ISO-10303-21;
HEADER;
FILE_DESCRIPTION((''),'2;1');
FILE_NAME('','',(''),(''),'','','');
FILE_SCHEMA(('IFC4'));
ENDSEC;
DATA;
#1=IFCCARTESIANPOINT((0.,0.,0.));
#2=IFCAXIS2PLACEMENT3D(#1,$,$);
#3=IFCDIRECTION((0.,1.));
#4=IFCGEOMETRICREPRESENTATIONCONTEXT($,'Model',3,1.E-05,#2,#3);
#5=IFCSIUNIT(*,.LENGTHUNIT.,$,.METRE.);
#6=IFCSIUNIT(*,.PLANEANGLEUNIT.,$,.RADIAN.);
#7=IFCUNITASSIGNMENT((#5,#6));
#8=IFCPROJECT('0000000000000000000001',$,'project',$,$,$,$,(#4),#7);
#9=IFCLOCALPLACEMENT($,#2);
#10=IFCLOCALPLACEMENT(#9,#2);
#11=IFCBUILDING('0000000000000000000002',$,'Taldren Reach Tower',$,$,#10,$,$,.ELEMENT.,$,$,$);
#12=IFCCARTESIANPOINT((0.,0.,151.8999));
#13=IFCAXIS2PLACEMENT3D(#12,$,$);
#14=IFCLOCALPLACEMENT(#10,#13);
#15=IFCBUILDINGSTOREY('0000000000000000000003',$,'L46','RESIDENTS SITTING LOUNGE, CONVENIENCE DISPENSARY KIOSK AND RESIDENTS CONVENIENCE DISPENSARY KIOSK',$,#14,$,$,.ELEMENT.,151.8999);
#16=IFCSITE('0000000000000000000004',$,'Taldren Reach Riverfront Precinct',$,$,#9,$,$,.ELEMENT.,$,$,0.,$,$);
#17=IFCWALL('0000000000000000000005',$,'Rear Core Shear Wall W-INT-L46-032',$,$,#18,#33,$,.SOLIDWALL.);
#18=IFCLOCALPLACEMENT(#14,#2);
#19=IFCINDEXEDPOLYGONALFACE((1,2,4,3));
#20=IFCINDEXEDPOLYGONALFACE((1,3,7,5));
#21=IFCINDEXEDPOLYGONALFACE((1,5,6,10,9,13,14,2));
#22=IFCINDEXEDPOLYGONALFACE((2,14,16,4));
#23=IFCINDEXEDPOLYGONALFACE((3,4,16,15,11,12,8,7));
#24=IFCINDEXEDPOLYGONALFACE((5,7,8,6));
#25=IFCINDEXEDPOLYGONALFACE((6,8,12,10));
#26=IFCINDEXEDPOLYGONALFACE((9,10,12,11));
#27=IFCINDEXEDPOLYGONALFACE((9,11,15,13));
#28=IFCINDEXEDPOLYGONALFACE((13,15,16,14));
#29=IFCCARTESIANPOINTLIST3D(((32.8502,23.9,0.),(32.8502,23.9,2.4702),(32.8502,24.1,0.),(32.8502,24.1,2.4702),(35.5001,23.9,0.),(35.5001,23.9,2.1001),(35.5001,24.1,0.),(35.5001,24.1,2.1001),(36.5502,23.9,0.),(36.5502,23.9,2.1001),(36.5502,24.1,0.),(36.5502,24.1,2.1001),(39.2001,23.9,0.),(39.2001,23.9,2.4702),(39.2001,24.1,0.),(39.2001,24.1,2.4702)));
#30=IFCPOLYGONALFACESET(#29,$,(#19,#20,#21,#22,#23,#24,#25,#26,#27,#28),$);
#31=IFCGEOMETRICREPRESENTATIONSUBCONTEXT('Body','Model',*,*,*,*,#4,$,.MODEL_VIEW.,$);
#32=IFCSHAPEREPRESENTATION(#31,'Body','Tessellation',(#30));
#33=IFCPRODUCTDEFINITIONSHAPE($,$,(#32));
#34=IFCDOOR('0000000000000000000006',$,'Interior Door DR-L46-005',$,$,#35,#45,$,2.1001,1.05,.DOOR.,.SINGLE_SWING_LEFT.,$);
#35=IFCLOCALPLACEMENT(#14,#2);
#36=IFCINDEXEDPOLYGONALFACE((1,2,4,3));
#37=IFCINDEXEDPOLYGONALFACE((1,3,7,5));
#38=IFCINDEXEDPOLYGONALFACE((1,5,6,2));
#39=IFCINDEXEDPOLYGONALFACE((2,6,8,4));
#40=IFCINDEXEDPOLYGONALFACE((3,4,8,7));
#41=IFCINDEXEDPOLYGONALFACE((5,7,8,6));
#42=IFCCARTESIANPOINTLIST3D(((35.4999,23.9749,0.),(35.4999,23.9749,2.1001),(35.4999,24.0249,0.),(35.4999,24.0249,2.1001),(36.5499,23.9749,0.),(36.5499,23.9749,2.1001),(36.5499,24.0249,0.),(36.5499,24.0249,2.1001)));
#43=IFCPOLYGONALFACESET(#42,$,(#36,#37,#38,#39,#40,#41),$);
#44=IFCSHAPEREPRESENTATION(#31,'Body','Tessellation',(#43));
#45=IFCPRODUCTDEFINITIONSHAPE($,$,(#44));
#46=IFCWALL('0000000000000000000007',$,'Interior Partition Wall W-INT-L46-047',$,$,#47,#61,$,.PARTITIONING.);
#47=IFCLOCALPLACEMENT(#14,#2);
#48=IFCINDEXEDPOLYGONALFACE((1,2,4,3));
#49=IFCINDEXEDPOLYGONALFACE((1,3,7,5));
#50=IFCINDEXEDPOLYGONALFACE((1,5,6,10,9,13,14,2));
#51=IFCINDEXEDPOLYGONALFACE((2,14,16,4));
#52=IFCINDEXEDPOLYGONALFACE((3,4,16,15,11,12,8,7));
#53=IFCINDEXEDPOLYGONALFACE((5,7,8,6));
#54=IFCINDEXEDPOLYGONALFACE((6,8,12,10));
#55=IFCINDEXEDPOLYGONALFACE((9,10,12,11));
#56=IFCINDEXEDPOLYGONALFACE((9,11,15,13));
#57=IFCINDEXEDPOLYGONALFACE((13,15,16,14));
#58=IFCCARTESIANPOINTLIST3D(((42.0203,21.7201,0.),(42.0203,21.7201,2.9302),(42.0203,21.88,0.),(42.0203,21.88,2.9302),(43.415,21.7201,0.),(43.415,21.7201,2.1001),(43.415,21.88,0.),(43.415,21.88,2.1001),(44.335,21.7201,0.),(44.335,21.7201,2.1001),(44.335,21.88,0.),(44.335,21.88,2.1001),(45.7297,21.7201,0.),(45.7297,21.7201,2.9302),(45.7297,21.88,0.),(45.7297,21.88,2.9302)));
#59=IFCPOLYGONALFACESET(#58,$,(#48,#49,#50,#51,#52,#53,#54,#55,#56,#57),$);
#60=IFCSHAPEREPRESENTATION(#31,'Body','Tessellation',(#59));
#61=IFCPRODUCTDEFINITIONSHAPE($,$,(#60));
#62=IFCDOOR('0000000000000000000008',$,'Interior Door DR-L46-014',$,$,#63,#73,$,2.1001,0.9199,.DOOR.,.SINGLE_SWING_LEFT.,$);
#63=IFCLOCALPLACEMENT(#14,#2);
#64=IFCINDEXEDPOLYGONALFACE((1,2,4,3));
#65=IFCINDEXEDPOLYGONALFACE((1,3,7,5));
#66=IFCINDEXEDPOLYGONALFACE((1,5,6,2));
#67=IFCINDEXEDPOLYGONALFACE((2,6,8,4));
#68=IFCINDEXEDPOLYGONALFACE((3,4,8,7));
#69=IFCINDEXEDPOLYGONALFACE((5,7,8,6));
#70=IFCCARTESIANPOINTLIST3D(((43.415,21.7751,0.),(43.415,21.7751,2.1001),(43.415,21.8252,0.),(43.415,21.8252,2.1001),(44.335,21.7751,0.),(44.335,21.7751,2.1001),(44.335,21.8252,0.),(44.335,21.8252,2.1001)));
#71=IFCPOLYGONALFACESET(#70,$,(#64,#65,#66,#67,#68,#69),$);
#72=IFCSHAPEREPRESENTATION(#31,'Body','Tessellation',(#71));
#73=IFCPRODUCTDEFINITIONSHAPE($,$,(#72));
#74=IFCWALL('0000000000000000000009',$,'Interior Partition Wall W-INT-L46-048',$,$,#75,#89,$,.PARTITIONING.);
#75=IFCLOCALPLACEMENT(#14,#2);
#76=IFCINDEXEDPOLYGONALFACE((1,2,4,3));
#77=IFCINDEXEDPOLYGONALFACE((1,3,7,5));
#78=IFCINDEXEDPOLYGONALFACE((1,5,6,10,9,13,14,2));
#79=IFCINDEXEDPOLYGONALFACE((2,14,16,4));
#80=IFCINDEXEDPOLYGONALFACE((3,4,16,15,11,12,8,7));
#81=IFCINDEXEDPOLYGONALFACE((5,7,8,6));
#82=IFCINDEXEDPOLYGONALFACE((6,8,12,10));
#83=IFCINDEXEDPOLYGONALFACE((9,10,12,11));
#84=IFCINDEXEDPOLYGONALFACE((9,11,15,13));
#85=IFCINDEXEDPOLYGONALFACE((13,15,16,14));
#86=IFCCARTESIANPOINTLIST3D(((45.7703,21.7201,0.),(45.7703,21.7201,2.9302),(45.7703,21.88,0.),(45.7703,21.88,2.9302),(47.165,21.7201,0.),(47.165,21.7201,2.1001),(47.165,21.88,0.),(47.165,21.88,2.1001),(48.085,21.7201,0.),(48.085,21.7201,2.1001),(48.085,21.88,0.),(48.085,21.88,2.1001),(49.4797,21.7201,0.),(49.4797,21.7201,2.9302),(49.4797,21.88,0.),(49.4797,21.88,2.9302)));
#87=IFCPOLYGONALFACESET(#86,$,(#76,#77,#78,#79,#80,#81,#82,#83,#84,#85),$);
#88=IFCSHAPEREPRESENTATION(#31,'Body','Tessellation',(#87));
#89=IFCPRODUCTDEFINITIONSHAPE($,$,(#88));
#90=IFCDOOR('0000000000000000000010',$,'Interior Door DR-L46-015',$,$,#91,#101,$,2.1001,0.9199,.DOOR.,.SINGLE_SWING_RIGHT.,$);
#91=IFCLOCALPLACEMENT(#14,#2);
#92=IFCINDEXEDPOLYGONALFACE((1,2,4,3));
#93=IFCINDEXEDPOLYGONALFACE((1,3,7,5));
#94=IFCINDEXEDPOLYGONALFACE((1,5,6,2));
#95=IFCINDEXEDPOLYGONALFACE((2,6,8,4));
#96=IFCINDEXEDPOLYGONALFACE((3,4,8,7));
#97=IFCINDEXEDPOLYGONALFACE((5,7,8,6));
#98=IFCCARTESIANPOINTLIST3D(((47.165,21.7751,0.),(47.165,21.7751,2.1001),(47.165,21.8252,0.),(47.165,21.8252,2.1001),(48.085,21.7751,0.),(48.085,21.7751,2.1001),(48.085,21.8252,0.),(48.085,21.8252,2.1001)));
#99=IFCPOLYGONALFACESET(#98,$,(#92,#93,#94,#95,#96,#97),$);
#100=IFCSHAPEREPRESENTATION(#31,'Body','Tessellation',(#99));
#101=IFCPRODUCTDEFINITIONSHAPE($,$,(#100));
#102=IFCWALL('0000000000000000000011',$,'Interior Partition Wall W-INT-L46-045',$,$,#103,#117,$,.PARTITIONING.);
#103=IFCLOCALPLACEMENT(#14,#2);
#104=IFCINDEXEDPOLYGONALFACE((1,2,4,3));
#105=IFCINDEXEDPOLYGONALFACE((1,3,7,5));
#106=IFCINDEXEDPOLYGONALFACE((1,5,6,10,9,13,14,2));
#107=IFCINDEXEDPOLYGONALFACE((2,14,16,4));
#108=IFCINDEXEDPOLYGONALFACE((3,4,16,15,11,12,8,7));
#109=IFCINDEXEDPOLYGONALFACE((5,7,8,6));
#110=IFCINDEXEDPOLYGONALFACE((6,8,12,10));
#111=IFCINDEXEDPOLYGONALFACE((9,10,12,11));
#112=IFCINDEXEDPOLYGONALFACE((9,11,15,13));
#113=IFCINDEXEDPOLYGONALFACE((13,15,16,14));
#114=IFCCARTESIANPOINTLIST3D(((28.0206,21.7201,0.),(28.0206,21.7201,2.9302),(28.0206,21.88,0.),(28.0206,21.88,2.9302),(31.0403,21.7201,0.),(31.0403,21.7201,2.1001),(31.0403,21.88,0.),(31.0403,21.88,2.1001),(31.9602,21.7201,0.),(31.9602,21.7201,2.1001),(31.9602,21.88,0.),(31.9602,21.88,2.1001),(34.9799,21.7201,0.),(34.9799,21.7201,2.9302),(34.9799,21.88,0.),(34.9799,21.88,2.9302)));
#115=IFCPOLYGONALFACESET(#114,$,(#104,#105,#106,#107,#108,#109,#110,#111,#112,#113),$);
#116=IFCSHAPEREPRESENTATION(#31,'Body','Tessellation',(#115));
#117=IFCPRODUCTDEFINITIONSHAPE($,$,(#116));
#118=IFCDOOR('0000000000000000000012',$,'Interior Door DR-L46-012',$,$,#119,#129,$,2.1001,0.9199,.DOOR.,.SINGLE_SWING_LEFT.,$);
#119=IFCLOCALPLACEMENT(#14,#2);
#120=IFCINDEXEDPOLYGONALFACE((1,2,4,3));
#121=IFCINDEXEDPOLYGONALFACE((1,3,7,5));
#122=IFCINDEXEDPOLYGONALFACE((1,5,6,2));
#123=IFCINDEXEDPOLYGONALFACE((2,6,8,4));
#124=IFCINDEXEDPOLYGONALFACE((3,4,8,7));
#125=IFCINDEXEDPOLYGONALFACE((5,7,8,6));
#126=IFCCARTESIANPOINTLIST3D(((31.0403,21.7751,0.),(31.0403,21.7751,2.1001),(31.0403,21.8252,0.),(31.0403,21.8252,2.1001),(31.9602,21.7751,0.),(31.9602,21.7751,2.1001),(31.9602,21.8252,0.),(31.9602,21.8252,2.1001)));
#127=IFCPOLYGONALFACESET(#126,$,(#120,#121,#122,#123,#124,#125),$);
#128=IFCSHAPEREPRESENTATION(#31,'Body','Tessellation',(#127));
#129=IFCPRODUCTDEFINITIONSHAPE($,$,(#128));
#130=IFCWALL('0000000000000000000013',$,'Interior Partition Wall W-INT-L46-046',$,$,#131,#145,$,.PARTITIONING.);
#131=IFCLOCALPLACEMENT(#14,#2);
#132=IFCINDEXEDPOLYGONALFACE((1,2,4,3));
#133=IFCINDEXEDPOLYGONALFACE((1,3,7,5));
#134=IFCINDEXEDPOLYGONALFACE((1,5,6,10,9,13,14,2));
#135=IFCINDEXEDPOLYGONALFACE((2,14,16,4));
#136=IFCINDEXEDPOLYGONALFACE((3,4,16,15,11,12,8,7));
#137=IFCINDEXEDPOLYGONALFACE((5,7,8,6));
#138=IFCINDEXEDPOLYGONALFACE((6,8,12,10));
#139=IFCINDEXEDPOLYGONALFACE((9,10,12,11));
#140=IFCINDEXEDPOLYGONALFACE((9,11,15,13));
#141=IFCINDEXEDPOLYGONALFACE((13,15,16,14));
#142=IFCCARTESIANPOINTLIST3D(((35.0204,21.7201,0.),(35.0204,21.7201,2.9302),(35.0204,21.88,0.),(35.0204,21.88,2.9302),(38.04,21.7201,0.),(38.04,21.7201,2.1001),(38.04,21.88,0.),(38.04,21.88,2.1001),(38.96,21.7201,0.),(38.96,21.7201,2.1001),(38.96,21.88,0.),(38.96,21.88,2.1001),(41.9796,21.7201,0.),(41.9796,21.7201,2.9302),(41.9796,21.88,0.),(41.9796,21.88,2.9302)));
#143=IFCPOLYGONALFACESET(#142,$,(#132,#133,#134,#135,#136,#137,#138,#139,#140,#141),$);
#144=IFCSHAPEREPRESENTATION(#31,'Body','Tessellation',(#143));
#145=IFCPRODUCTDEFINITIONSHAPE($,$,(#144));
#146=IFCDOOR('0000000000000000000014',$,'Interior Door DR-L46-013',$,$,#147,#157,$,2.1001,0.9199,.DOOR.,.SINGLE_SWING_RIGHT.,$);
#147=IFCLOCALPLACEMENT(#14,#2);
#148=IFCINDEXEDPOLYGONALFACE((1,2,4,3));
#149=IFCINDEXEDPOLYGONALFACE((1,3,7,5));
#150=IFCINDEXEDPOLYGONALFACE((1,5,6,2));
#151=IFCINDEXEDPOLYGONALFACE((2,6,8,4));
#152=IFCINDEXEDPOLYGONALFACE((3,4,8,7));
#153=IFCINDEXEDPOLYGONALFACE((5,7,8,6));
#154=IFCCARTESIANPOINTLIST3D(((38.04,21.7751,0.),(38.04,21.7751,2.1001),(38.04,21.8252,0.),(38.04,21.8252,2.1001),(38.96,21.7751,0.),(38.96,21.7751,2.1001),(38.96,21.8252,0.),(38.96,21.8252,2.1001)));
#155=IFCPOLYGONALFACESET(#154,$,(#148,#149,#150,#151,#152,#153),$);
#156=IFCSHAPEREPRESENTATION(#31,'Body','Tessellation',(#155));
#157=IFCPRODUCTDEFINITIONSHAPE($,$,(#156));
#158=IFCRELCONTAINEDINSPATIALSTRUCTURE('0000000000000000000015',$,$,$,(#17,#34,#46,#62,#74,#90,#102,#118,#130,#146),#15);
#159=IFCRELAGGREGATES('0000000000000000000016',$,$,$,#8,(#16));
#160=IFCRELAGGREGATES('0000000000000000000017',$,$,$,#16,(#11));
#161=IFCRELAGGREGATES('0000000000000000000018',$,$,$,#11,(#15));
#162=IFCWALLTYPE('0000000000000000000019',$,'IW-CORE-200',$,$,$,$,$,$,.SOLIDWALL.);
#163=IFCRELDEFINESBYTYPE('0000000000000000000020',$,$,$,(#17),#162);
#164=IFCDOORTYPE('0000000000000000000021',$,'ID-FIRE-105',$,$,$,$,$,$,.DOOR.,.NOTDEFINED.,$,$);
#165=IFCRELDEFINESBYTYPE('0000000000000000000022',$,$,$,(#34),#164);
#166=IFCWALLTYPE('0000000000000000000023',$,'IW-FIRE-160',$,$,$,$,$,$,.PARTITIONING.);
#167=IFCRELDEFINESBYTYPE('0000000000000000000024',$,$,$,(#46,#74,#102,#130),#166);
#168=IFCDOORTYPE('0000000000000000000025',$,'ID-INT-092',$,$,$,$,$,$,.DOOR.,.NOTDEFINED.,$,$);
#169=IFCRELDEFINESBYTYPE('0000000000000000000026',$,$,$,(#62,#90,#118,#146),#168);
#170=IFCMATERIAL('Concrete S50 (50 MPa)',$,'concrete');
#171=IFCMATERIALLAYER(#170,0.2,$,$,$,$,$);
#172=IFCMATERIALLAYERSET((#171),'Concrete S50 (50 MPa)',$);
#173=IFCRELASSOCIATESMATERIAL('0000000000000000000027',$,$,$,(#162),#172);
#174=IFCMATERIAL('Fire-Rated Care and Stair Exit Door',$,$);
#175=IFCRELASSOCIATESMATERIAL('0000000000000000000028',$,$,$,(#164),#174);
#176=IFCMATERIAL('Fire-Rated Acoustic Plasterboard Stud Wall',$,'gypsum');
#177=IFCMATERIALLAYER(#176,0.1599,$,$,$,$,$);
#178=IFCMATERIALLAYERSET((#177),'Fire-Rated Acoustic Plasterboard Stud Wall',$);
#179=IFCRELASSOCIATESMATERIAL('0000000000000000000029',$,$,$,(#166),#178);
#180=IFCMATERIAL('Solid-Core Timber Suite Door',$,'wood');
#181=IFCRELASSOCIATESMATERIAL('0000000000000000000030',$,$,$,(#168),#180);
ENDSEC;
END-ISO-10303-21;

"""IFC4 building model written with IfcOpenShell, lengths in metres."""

from ifc_helpers import new_model, si_unit, direction, frame, frame_2d, origin, place, context, subcontext, project, spatial, rectangle, extrude, source, transform, mapped, material, layer, layer_set, type_object, element, fill, save


model = new_model("IFC4")

# Units and contexts
model_context = context("Model", 3, precision=1e-05, world=origin(), true_north=direction((0.0, 1.0)))
body_context = subcontext(model_context, "Body", "Model", "MODEL_VIEW")
ifc_project = project(units=[si_unit("LENGTHUNIT", "METRE"), si_unit("PLANEANGLEUNIT", "RADIAN")], contexts=[model_context])

# Site, building, storey
site_placement = place(None, origin())
site = spatial("IfcSite", under=ifc_project, at=site_placement, Name="Taldren Reach Riverfront Precinct", CompositionType="ELEMENT", RefElevation=0.0)
building_placement = place(site_placement, origin())
building = spatial("IfcBuilding", under=site, at=building_placement, Name="Taldren Reach Tower", CompositionType="ELEMENT")
storey_placement = place(building_placement, frame((0.0, 0.0, 151.8999)))
storey = spatial("IfcBuildingStorey", under=building, at=storey_placement, Name="L46", Description="RESIDENTS SITTING LOUNGE, CONVENIENCE DISPENSARY KIOSK AND RESIDENTS CONVENIENCE DISPENSARY KIOSK", CompositionType="ELEMENT", Elevation=151.8999)

# Walls, openings, doors
ifc_material_1 = material(Name="Concrete S50 (50 MPa)", Category="concrete")
ifc_layer_1 = layer(ifc_material_1, 0.2)
ifc_layer_set_1 = layer_set([ifc_layer_1], Name="Concrete S50 (50 MPa)")
wall_type_1 = type_object("IfcWallType", Name="IW-CORE-200", PredefinedType="SOLIDWALL", material=ifc_layer_set_1)
shared_shape_1 = source(origin(), body_context, "Body", "SweptSolid", [
    extrude(rectangle(XDim=1.05, YDim=2.1001, at=frame_2d((0.5249, 1.05))), frame((0.0, 0.1099, 0.0), z_axis=(0.0, -1.0, 0.0), x_axis=(1.0, 0.0, 0.0)), (0.0, 0.0, 1.0), 0.22),
])
ifc_material_2 = material(Name="Fire-Rated Care and Stair Exit Door")
door_type_1 = type_object("IfcDoorType", Name="ID-FIRE-105", OperationType="NOTDEFINED", PredefinedType="DOOR", material=ifc_material_2)
shared_shape_2 = source(origin(), body_context, "Body", "SweptSolid", [
    extrude(rectangle(XDim=1.05, YDim=2.1001, at=frame_2d((0.5249, 1.05))), frame((0.0, 0.0249, 0.0), z_axis=(0.0, -1.0, 0.0), x_axis=(1.0, 0.0, 0.0)), (0.0, 0.0, 1.0), 0.05),
])
shared_shape_3 = source(origin(), body_context, "Body", "SweptSolid", [
    extrude(rectangle(XDim=6.3499, YDim=0.2, at=frame_2d((3.1748, 0.0))), origin(), (0.0, 0.0, 1.0), 2.4702),
])
wall_1_placement = place(storey_placement, frame((39.2, 24.0, 0.0), z_axis=(0.0, 0.0, 1.0), x_axis=(-1.0, 0.0, 0.0)))
wall_1 = element("IfcWall", 1, at=wall_1_placement, inside=storey, type_object=wall_type_1, Name="Rear Core Shear Wall W-INT-L46-032", PredefinedType="SOLIDWALL", context=body_context, shape_type="MappedRepresentation", body=[
    mapped(shared_shape_3, transform((0.0, 0.0, 0.0), scale=1.0)),
])
opening_1_placement = place(wall_1_placement, frame((2.6499, 0.0, 0.0)))
opening_1 = element("IfcOpeningElement", 2, at=opening_1_placement, cuts=wall_1, PredefinedType="OPENING", context=body_context, shape_type="MappedRepresentation", body=[
    mapped(shared_shape_1, transform((0.0, 0.0, 0.0), scale=1.0)),
])
door_1_placement = place(opening_1_placement, frame((1.05, 0.0, 0.0), z_axis=(0.0, 0.0, 1.0), x_axis=(-1.0, 0.0, 0.0)))
door_1 = element("IfcDoor", 3, at=door_1_placement, inside=storey, type_object=door_type_1, Name="Interior Door DR-L46-005", OperationType="SINGLE_SWING_LEFT", OverallHeight=2.1001, OverallWidth=1.05, PredefinedType="DOOR", context=body_context, shape_type="MappedRepresentation", body=[
    mapped(shared_shape_2, transform((0.0, 0.0, 0.0), scale=1.0)),
])
fill(opening_1, door_1)
ifc_material_3 = material(Name="Fire-Rated Acoustic Plasterboard Stud Wall", Category="gypsum")
ifc_layer_2 = layer(ifc_material_3, 0.1599)
ifc_layer_set_2 = layer_set([ifc_layer_2], Name="Fire-Rated Acoustic Plasterboard Stud Wall")
wall_type_2 = type_object("IfcWallType", Name="IW-FIRE-160", PredefinedType="PARTITIONING", material=ifc_layer_set_2)
shared_shape_4 = source(origin(), body_context, "Body", "SweptSolid", [
    extrude(rectangle(XDim=3.7095, YDim=0.1599, at=frame_2d((1.8547, 0.0))), origin(), (0.0, 0.0, 1.0), 2.9302),
])
wall_2_placement = place(storey_placement, frame((45.7297, 21.8, 0.0), z_axis=(0.0, 0.0, 1.0), x_axis=(-1.0, 0.0, 0.0)))
wall_2 = element("IfcWall", 4, at=wall_2_placement, inside=storey, type_object=wall_type_2, Name="Interior Partition Wall W-INT-L46-047", PredefinedType="PARTITIONING", context=body_context, shape_type="MappedRepresentation", body=[
    mapped(shared_shape_4, transform((0.0, 0.0, 0.0), scale=1.0)),
])
shared_shape_5 = source(origin(), body_context, "Body", "SweptSolid", [
    extrude(rectangle(XDim=0.9199, YDim=2.1001, at=frame_2d((0.46, 1.05))), frame((0.0, 0.0898, 0.0), z_axis=(0.0, -1.0, 0.0), x_axis=(1.0, 0.0, 0.0)), (0.0, 0.0, 1.0), 0.1799),
])
opening_2_placement = place(wall_2_placement, frame((1.3948, 0.0, 0.0)))
opening_2 = element("IfcOpeningElement", 5, at=opening_2_placement, cuts=wall_2, PredefinedType="OPENING", context=body_context, shape_type="MappedRepresentation", body=[
    mapped(shared_shape_5, transform((0.0, 0.0, 0.0), scale=1.0)),
])
ifc_material_4 = material(Name="Solid-Core Timber Suite Door", Category="wood")
door_type_2 = type_object("IfcDoorType", Name="ID-INT-092", OperationType="NOTDEFINED", PredefinedType="DOOR", material=ifc_material_4)
shared_shape_6 = source(origin(), body_context, "Body", "SweptSolid", [
    extrude(rectangle(XDim=0.9199, YDim=2.1001, at=frame_2d((0.46, 1.05))), frame((0.0, 0.0249, 0.0), z_axis=(0.0, -1.0, 0.0), x_axis=(1.0, 0.0, 0.0)), (0.0, 0.0, 1.0), 0.05),
])
door_2_placement = place(opening_2_placement, origin())
door_2 = element("IfcDoor", 6, at=door_2_placement, inside=storey, type_object=door_type_2, Name="Interior Door DR-L46-014", OperationType="SINGLE_SWING_LEFT", OverallHeight=2.1001, OverallWidth=0.9199, PredefinedType="DOOR", context=body_context, shape_type="MappedRepresentation", body=[
    mapped(shared_shape_6, transform((0.0, 0.0, 0.0), scale=1.0)),
])
fill(opening_2, door_2)
wall_3_placement = place(storey_placement, frame((49.4797, 21.8, 0.0), z_axis=(0.0, 0.0, 1.0), x_axis=(-1.0, 0.0, 0.0)))
wall_3 = element("IfcWall", 7, at=wall_3_placement, inside=storey, type_object=wall_type_2, Name="Interior Partition Wall W-INT-L46-048", PredefinedType="PARTITIONING", context=body_context, shape_type="MappedRepresentation", body=[
    mapped(shared_shape_4, transform((0.0, 0.0, 0.0), scale=1.0)),
])
opening_3_placement = place(wall_3_placement, frame((1.3948, 0.0, 0.0)))
opening_3 = element("IfcOpeningElement", 8, at=opening_3_placement, cuts=wall_3, PredefinedType="OPENING", context=body_context, shape_type="MappedRepresentation", body=[
    mapped(shared_shape_5, transform((0.0, 0.0, 0.0), scale=1.0)),
])
door_3_placement = place(opening_3_placement, origin())
door_3 = element("IfcDoor", 9, at=door_3_placement, inside=storey, type_object=door_type_2, Name="Interior Door DR-L46-015", OperationType="SINGLE_SWING_RIGHT", OverallHeight=2.1001, OverallWidth=0.9199, PredefinedType="DOOR", context=body_context, shape_type="MappedRepresentation", body=[
    mapped(shared_shape_6, transform((0.0, 0.0, 0.0), scale=1.0)),
])
fill(opening_3, door_3)
shared_shape_7 = source(origin(), body_context, "Body", "SweptSolid", [
    extrude(rectangle(XDim=6.9592, YDim=0.1599, at=frame_2d((3.4795, 0.0))), origin(), (0.0, 0.0, 1.0), 2.9302),
])
wall_4_placement = place(storey_placement, frame((34.9797, 21.8, 0.0), z_axis=(0.0, 0.0, 1.0), x_axis=(-1.0, 0.0, 0.0)))
wall_4 = element("IfcWall", 10, at=wall_4_placement, inside=storey, type_object=wall_type_2, Name="Interior Partition Wall W-INT-L46-045", PredefinedType="PARTITIONING", context=body_context, shape_type="MappedRepresentation", body=[
    mapped(shared_shape_7, transform((0.0, 0.0, 0.0), scale=1.0)),
])
opening_4_placement = place(wall_4_placement, frame((3.0195, 0.0, 0.0)))
opening_4 = element("IfcOpeningElement", 11, at=opening_4_placement, cuts=wall_4, PredefinedType="OPENING", context=body_context, shape_type="MappedRepresentation", body=[
    mapped(shared_shape_5, transform((0.0, 0.0, 0.0), scale=1.0)),
])
door_4_placement = place(opening_4_placement, origin())
door_4 = element("IfcDoor", 12, at=door_4_placement, inside=storey, type_object=door_type_2, Name="Interior Door DR-L46-012", OperationType="SINGLE_SWING_LEFT", OverallHeight=2.1001, OverallWidth=0.9199, PredefinedType="DOOR", context=body_context, shape_type="MappedRepresentation", body=[
    mapped(shared_shape_6, transform((0.0, 0.0, 0.0), scale=1.0)),
])
fill(opening_4, door_4)
wall_5_placement = place(storey_placement, frame((41.9795, 21.8, 0.0), z_axis=(0.0, 0.0, 1.0), x_axis=(-1.0, 0.0, 0.0)))
wall_5 = element("IfcWall", 13, at=wall_5_placement, inside=storey, type_object=wall_type_2, Name="Interior Partition Wall W-INT-L46-046", PredefinedType="PARTITIONING", context=body_context, shape_type="MappedRepresentation", body=[
    mapped(shared_shape_7, transform((0.0, 0.0, 0.0), scale=1.0)),
])
opening_5_placement = place(wall_5_placement, frame((3.0195, 0.0, 0.0)))
opening_5 = element("IfcOpeningElement", 14, at=opening_5_placement, cuts=wall_5, PredefinedType="OPENING", context=body_context, shape_type="MappedRepresentation", body=[
    mapped(shared_shape_5, transform((0.0, 0.0, 0.0), scale=1.0)),
])
door_5_placement = place(opening_5_placement, origin())
door_5 = element("IfcDoor", 15, at=door_5_placement, inside=storey, type_object=door_type_2, Name="Interior Door DR-L46-013", OperationType="SINGLE_SWING_RIGHT", OverallHeight=2.1001, OverallWidth=0.9199, PredefinedType="DOOR", context=body_context, shape_type="MappedRepresentation", body=[
    mapped(shared_shape_6, transform((0.0, 0.0, 0.0), scale=1.0)),
])
fill(opening_5, door_5)

save(model, "model.ifc")
